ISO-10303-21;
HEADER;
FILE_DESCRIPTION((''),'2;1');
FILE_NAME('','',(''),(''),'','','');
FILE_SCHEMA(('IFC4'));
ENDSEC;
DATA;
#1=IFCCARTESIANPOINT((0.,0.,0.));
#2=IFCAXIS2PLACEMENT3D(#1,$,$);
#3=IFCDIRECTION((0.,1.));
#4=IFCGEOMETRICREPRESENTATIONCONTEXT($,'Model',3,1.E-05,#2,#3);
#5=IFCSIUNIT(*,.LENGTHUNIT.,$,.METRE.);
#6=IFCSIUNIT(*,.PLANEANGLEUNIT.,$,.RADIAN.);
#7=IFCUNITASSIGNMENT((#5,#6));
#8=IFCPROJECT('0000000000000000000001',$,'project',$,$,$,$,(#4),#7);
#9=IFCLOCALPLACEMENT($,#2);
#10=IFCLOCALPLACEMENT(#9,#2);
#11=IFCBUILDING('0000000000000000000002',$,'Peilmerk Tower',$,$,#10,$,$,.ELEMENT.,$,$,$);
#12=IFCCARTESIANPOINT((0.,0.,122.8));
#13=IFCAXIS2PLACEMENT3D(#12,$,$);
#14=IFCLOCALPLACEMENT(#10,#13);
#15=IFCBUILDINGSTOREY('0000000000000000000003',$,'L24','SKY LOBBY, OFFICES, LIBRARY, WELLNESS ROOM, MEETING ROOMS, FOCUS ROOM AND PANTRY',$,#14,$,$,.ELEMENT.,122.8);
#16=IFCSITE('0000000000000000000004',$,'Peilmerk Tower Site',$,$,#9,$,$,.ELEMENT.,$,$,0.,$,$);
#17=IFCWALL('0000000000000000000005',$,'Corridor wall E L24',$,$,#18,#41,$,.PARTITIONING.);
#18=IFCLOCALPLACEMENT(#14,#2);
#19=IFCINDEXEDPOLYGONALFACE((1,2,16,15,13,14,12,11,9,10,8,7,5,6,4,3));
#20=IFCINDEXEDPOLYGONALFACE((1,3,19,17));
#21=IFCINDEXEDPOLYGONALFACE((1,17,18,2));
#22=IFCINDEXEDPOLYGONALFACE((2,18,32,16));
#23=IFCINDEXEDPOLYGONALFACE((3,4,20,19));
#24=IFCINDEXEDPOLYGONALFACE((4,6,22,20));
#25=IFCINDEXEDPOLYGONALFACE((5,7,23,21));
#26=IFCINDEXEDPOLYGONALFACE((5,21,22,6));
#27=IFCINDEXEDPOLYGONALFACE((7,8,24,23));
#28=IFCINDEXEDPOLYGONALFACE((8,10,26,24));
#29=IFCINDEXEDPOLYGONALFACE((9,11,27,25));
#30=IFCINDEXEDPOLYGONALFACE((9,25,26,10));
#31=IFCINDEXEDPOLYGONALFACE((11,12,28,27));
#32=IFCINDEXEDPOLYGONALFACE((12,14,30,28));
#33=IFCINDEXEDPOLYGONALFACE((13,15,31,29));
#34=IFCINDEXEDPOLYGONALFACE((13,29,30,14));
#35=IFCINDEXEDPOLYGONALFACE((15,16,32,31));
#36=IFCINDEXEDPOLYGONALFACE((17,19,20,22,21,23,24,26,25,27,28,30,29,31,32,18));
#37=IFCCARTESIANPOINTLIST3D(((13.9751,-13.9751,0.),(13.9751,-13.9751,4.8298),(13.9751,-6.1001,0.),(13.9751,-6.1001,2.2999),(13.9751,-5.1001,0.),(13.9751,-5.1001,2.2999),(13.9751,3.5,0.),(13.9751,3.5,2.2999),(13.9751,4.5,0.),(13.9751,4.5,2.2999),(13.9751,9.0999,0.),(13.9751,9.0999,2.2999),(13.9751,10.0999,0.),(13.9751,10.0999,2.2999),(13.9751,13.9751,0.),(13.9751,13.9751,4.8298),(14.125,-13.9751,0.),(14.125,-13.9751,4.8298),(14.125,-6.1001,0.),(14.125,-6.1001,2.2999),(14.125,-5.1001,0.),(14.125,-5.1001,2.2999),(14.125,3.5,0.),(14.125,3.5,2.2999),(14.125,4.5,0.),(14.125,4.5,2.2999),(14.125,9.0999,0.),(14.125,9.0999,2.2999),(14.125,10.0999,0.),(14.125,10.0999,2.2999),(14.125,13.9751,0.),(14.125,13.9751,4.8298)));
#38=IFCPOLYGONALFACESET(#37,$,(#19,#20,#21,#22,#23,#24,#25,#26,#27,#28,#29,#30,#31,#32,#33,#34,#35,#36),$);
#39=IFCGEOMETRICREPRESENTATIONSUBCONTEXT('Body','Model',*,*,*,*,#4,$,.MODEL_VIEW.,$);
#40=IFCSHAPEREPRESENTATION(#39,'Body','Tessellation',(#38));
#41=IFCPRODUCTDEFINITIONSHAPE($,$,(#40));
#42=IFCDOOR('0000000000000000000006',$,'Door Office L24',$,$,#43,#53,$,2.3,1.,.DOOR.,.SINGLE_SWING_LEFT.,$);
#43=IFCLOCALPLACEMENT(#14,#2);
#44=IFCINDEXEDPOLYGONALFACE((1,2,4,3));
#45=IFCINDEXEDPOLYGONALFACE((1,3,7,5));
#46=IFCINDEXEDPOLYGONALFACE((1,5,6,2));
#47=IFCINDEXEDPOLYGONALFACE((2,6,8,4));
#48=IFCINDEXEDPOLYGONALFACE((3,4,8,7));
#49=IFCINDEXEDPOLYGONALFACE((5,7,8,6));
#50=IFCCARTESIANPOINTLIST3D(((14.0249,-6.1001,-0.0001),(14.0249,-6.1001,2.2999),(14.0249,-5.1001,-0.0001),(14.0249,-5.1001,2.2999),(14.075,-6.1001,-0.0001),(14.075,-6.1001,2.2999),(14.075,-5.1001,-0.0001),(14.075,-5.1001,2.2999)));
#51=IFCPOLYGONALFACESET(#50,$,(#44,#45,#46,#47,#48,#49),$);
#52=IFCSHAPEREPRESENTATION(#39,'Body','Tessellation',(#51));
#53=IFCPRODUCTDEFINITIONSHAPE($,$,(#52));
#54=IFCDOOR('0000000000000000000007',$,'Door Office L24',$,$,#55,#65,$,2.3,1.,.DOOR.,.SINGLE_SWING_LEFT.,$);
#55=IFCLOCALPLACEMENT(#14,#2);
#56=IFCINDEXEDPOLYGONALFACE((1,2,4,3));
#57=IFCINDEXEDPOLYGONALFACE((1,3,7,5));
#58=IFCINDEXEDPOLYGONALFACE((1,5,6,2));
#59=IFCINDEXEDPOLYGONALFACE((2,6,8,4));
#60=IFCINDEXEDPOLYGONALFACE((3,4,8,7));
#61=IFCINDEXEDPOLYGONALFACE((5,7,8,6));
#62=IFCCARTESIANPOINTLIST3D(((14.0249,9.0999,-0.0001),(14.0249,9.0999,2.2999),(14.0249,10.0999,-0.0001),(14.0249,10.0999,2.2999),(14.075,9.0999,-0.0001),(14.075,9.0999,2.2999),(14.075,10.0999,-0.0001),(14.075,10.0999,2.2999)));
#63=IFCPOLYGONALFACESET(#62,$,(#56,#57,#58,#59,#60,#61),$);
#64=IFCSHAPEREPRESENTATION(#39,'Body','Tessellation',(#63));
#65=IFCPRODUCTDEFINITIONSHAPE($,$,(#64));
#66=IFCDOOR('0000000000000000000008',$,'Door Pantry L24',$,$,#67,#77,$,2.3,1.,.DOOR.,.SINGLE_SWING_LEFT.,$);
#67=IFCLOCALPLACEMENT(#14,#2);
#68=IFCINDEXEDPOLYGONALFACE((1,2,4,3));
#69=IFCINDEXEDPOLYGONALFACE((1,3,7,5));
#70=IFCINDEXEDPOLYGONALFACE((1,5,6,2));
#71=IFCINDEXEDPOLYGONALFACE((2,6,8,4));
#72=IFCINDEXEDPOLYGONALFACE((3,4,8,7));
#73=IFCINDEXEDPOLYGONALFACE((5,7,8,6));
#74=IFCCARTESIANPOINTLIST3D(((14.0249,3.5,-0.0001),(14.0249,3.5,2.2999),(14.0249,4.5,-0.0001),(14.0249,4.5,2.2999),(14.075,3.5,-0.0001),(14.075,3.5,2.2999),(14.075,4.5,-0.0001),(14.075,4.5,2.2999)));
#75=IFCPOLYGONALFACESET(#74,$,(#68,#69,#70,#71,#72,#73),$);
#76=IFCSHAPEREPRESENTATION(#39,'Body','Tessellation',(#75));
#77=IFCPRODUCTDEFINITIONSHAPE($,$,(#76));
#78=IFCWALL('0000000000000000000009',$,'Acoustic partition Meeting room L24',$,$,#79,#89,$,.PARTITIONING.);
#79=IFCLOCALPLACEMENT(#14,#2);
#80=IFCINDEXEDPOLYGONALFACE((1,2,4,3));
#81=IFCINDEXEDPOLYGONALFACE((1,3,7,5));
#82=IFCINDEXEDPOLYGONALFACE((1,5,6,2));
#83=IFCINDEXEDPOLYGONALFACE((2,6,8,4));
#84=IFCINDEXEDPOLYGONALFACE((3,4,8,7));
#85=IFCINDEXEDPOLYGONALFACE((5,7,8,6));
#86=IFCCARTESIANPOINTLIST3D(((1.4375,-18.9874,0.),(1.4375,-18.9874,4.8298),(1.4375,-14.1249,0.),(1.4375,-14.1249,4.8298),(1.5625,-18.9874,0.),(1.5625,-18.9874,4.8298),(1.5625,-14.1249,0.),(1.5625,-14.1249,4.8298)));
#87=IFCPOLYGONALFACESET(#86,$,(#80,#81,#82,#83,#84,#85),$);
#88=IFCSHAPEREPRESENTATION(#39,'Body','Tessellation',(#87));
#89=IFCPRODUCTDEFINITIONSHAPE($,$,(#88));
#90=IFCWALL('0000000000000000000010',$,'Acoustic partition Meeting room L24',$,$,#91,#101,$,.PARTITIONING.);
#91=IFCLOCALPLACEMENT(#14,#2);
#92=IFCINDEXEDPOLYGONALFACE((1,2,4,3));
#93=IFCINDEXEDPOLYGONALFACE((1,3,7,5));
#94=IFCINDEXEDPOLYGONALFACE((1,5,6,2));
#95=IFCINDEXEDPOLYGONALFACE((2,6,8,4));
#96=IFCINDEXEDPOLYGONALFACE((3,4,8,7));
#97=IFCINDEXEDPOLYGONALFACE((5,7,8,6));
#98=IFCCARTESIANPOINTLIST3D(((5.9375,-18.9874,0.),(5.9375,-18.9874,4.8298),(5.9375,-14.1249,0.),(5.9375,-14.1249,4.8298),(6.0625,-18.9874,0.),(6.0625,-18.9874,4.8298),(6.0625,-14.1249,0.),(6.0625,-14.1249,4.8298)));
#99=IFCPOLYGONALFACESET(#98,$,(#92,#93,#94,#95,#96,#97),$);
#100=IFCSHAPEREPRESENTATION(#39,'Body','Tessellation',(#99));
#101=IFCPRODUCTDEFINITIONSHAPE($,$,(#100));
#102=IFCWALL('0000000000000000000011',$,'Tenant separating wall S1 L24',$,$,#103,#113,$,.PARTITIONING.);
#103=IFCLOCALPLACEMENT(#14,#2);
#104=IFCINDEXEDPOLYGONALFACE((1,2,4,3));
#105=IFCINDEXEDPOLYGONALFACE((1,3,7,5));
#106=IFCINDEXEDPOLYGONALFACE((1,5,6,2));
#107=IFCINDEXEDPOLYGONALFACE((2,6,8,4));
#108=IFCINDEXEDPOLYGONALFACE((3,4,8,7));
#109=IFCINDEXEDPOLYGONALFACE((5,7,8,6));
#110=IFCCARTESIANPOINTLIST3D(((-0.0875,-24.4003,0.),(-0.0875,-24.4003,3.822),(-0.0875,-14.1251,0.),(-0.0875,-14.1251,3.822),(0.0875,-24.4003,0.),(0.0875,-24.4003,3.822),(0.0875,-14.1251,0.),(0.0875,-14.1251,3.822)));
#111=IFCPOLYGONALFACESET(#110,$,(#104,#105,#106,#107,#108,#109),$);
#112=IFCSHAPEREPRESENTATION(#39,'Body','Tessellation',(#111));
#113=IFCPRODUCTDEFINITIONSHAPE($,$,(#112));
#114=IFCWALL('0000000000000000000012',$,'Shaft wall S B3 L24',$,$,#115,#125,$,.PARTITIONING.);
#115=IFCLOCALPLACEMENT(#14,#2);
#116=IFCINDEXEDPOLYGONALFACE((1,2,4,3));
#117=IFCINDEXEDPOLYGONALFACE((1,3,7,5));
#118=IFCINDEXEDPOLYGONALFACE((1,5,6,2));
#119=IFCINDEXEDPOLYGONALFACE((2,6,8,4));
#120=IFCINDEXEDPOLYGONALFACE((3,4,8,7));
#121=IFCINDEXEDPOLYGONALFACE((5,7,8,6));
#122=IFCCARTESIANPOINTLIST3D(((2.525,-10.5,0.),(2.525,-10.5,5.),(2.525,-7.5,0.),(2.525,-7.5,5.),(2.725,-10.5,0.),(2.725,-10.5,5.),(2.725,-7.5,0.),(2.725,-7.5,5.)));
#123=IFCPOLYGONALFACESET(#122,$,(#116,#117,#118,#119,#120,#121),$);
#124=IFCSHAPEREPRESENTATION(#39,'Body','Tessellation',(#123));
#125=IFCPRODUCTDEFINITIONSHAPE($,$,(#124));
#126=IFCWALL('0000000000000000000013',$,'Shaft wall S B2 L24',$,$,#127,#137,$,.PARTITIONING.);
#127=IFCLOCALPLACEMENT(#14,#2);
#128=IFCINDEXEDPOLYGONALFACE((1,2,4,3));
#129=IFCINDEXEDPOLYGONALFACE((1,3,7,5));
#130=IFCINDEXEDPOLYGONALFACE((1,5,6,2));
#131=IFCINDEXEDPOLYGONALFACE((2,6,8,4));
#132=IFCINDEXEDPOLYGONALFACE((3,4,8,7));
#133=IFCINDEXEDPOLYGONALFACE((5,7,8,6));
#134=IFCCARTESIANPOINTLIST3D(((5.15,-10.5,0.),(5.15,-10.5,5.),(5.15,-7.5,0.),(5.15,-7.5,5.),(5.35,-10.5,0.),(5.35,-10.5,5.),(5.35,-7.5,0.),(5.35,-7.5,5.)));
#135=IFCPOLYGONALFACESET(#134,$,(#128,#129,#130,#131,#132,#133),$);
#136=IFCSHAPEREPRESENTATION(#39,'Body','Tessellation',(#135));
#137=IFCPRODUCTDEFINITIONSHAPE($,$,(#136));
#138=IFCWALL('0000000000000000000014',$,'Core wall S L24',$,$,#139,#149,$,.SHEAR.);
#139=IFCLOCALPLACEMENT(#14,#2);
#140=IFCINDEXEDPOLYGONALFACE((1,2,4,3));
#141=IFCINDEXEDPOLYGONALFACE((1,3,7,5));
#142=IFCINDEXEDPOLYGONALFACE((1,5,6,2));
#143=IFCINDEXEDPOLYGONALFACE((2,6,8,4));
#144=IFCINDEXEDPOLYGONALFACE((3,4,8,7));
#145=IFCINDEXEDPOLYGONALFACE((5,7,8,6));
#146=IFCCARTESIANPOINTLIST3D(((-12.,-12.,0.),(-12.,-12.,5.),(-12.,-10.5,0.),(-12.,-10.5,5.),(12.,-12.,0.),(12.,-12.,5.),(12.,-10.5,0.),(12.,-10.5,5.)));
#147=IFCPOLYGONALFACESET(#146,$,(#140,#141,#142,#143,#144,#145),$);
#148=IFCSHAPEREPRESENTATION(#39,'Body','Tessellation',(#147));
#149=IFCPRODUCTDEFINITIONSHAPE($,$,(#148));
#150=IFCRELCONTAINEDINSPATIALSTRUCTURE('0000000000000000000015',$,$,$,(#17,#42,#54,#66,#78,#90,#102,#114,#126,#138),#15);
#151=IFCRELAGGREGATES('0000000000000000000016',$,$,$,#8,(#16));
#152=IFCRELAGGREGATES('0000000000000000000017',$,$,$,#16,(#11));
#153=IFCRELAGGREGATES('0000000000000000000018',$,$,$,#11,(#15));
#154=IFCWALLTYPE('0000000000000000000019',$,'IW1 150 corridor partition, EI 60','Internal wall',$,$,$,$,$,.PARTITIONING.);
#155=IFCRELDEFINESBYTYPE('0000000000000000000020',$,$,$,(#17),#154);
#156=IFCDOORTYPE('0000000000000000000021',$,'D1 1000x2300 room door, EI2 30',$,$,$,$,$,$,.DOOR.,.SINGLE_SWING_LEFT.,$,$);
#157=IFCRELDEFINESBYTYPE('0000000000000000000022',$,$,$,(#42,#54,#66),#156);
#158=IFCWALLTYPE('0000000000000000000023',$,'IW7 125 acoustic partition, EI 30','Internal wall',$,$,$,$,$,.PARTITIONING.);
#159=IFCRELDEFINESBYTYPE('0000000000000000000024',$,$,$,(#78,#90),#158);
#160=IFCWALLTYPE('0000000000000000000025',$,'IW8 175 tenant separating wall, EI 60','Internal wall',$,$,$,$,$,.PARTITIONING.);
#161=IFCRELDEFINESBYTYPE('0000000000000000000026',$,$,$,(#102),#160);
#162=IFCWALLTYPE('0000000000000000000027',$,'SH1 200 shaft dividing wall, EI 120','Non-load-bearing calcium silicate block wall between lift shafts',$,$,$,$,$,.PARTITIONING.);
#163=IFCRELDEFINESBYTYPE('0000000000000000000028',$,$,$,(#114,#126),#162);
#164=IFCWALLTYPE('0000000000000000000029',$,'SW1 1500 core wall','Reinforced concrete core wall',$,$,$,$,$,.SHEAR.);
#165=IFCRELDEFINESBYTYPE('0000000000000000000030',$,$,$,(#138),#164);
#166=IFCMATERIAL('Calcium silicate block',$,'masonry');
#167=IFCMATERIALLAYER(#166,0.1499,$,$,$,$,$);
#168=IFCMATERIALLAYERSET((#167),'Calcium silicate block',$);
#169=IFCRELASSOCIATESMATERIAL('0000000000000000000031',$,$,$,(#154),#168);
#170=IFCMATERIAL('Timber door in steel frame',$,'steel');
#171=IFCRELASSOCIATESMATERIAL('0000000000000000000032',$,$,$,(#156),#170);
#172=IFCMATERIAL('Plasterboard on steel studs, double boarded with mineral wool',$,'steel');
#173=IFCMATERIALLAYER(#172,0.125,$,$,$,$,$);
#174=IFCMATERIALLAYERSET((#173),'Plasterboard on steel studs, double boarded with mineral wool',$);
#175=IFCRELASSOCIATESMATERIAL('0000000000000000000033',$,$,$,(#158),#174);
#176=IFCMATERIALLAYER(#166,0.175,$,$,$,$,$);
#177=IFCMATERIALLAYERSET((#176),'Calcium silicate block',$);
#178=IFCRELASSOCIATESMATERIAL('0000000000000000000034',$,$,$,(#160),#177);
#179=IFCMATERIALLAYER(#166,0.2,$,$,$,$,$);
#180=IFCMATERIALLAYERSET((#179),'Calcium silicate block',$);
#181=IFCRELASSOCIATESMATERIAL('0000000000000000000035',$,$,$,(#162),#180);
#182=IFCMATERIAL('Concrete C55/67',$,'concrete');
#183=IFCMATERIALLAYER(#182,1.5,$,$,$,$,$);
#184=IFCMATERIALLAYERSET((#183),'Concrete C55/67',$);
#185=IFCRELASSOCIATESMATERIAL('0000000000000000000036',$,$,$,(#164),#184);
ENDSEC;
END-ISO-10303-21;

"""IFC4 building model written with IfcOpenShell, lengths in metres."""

from ifc_helpers import new_model, si_unit, direction, frame, frame_2d, origin, place, context, subcontext, project, spatial, rectangle, extrude, material, layer, layer_set, type_object, element, fill, save


model = new_model("IFC4")

# Units and contexts
model_context = context("Model", 3, precision=1e-05, world=origin(), true_north=direction((0.0, 1.0)))
body_context = subcontext(model_context, "Body", "Model", "MODEL_VIEW")
ifc_project = project(units=[si_unit("LENGTHUNIT", "METRE"), si_unit("PLANEANGLEUNIT", "RADIAN")], contexts=[model_context])

# Site, building, storey
site_placement = place(None, origin())
site = spatial("IfcSite", under=ifc_project, at=site_placement, Name="Peilmerk Tower Site", CompositionType="ELEMENT", RefElevation=0.0)
building_placement = place(site_placement, origin())
building = spatial("IfcBuilding", under=site, at=building_placement, Name="Peilmerk Tower", CompositionType="ELEMENT")
storey_placement = place(building_placement, frame((0.0, 0.0, 122.8)))
storey = spatial("IfcBuildingStorey", under=building, at=storey_placement, Name="L24", Description="SKY LOBBY, OFFICES, LIBRARY, WELLNESS ROOM, MEETING ROOMS, FOCUS ROOM AND PANTRY", CompositionType="ELEMENT", Elevation=122.8)

# Wall, openings, doors
ifc_material_1 = material(Name="Calcium silicate block", Category="masonry")
ifc_layer_1 = layer(ifc_material_1, 0.1499)
ifc_layer_set_1 = layer_set([ifc_layer_1], Name="Calcium silicate block")
wall_type_1 = type_object("IfcWallType", Name="IW1 150 corridor partition, EI 60", Description="Internal wall", PredefinedType="PARTITIONING", material=ifc_layer_set_1)
ifc_material_2 = material(Name="Timber door in steel frame", Category="steel")
door_type_1 = type_object("IfcDoorType", Name="D1 1000x2300 room door, EI2 30", OperationType="SINGLE_SWING_LEFT", PredefinedType="DOOR", material=ifc_material_2)
wall_1_placement = place(storey_placement, frame((14.05, -13.9751, 0.0), z_axis=(0.0, 0.0, 1.0), x_axis=(0.0, 1.0, 0.0)))
wall_1 = element("IfcWall", 1, at=wall_1_placement, inside=storey, type_object=wall_type_1, Name="Corridor wall E L24", PredefinedType="PARTITIONING", context=body_context, shape_type="SweptSolid", body=[
    extrude(rectangle(XDim=27.9502, YDim=0.1499, at=frame_2d((13.9751, 0.0))), origin(), (0.0, 0.0, 1.0), 4.8298),
])
opening_1_placement = place(wall_1_placement, frame((7.875, 0.0, 0.0)))
opening_1 = element("IfcOpeningElement", 2, at=opening_1_placement, cuts=wall_1, PredefinedType="OPENING", context=body_context, shape_type="SweptSolid", body=[
    extrude(rectangle(XDim=1.0, YDim=2.3, at=frame_2d((0.5, 1.1499))), frame((0.0, 0.085, 0.0), z_axis=(0.0, -1.0, 0.0), x_axis=(1.0, 0.0, 0.0)), (0.0, 0.0, 1.0), 0.1699),
])
opening_2_placement = place(wall_1_placement, frame((23.075, 0.0, 0.0)))
opening_2 = element("IfcOpeningElement", 3, at=opening_2_placement, cuts=wall_1, PredefinedType="OPENING", context=body_context, shape_type="SweptSolid", body=[
    extrude(rectangle(XDim=1.0, YDim=2.3, at=frame_2d((0.5, 1.1499))), frame((0.0, 0.085, 0.0), z_axis=(0.0, -1.0, 0.0), x_axis=(1.0, 0.0, 0.0)), (0.0, 0.0, 1.0), 0.1699),
])
opening_3_placement = place(wall_1_placement, frame((17.4751, 0.0, 0.0)))
opening_3 = element("IfcOpeningElement", 4, at=opening_3_placement, cuts=wall_1, PredefinedType="OPENING", context=body_context, shape_type="SweptSolid", body=[
    extrude(rectangle(XDim=1.0, YDim=2.3, at=frame_2d((0.5, 1.1499))), frame((0.0, 0.085, 0.0), z_axis=(0.0, -1.0, 0.0), x_axis=(1.0, 0.0, 0.0)), (0.0, 0.0, 1.0), 0.1699),
])
door_1_placement = place(opening_1_placement, frame((1.0, 0.0, 0.0), z_axis=(0.0, 0.0, 1.0), x_axis=(-1.0, 0.0, 0.0)))
door_1 = element("IfcDoor", 5, at=door_1_placement, inside=storey, type_object=door_type_1, Name="Door Office L24", OperationType="SINGLE_SWING_LEFT", OverallHeight=2.3, OverallWidth=1.0, PredefinedType="DOOR", context=body_context, shape_type="SweptSolid", body=[
    extrude(rectangle(XDim=1.0, YDim=2.3, at=frame_2d((0.5, 1.1499))), frame((0.0, 0.0249, 0.0), z_axis=(0.0, -1.0, 0.0), x_axis=(1.0, 0.0, 0.0)), (0.0, 0.0, 1.0), 0.05),
])
fill(opening_1, door_1)
door_2_placement = place(opening_2_placement, frame((1.0, 0.0, 0.0), z_axis=(0.0, 0.0, 1.0), x_axis=(-1.0, 0.0, 0.0)))
door_2 = element("IfcDoor", 6, at=door_2_placement, inside=storey, type_object=door_type_1, Name="Door Office L24", OperationType="SINGLE_SWING_LEFT", OverallHeight=2.3, OverallWidth=1.0, PredefinedType="DOOR", context=body_context, shape_type="SweptSolid", body=[
    extrude(rectangle(XDim=1.0, YDim=2.3, at=frame_2d((0.5, 1.1499))), frame((0.0, 0.0249, 0.0), z_axis=(0.0, -1.0, 0.0), x_axis=(1.0, 0.0, 0.0)), (0.0, 0.0, 1.0), 0.05),
])
fill(opening_2, door_2)
door_3_placement = place(opening_3_placement, frame((1.0, 0.0, 0.0), z_axis=(0.0, 0.0, 1.0), x_axis=(-1.0, 0.0, 0.0)))
door_3 = element("IfcDoor", 7, at=door_3_placement, inside=storey, type_object=door_type_1, Name="Door Pantry L24", OperationType="SINGLE_SWING_LEFT", OverallHeight=2.3, OverallWidth=1.0, PredefinedType="DOOR", context=body_context, shape_type="SweptSolid", body=[
    extrude(rectangle(XDim=1.0, YDim=2.3, at=frame_2d((0.5, 1.1499))), frame((0.0, 0.0249, 0.0), z_axis=(0.0, -1.0, 0.0), x_axis=(1.0, 0.0, 0.0)), (0.0, 0.0, 1.0), 0.05),
])
fill(opening_3, door_3)

# Walls
ifc_material_3 = material(Name="Plasterboard on steel studs, double boarded with mineral wool", Category="steel")
ifc_layer_2 = layer(ifc_material_3, 0.125)
ifc_layer_set_2 = layer_set([ifc_layer_2], Name="Plasterboard on steel studs, double boarded with mineral wool")
wall_type_2 = type_object("IfcWallType", Name="IW7 125 acoustic partition, EI 30", Description="Internal wall", PredefinedType="PARTITIONING", material=ifc_layer_set_2)
for number, where, z_axis, x_axis, name in (
    (8, (1.5, -14.125, 0.0), (0.0, 0.0, 1.0), (0.0, -1.0, 0.0), "Acoustic partition Meeting room L24"),
    (9, (6.0, -14.125, 0.0), (0.0, 0.0, 1.0), (0.0, -1.0, 0.0), "Acoustic partition Meeting room L24"),
):
    element("IfcWall", number, at=place(storey_placement, frame(where, z_axis=z_axis, x_axis=x_axis)), inside=storey, type_object=wall_type_2, Name=name, PredefinedType="PARTITIONING", context=body_context, shape_type="SweptSolid", body=[
        extrude(rectangle(XDim=4.8625, YDim=0.125, at=frame_2d((2.4312, 0.0))), origin(), (0.0, 0.0, 1.0), 4.8298),
    ])
ifc_layer_3 = layer(ifc_material_1, 0.175)
ifc_layer_set_3 = layer_set([ifc_layer_3], Name="Calcium silicate block")
wall_type_3 = type_object("IfcWallType", Name="IW8 175 tenant separating wall, EI 60", Description="Internal wall", PredefinedType="PARTITIONING", material=ifc_layer_set_3)
wall_2_placement = place(storey_placement, frame((0.0, -14.125, 0.0), z_axis=(0.0, 0.0, 1.0), x_axis=(0.0, -1.0, 0.0)))
element("IfcWall", 10, at=wall_2_placement, inside=storey, type_object=wall_type_3, Name="Tenant separating wall S1 L24", PredefinedType="PARTITIONING", context=body_context, shape_type="SweptSolid", body=[
    extrude(rectangle(XDim=10.2751, YDim=0.175, at=frame_2d((5.1377, 0.0))), origin(), (0.0, 0.0, 1.0), 3.822),
])
ifc_layer_4 = layer(ifc_material_1, 0.2)
ifc_layer_set_4 = layer_set([ifc_layer_4], Name="Calcium silicate block")
wall_type_4 = type_object("IfcWallType", Name="SH1 200 shaft dividing wall, EI 120", Description="Non-load-bearing calcium silicate block wall between lift shafts", PredefinedType="PARTITIONING", material=ifc_layer_set_4)
for number, where, z_axis, x_axis, name in (
    (11, (2.625, -10.5, 0.0), (0.0, 0.0, 1.0), (0.0, 1.0, 0.0), "Shaft wall S B3 L24"),
    (12, (5.25, -10.5, 0.0), (0.0, 0.0, 1.0), (0.0, 1.0, 0.0), "Shaft wall S B2 L24"),
):
    element("IfcWall", number, at=place(storey_placement, frame(where, z_axis=z_axis, x_axis=x_axis)), inside=storey, type_object=wall_type_4, Name=name, PredefinedType="PARTITIONING", context=body_context, shape_type="SweptSolid", body=[
        extrude(rectangle(XDim=3.0, YDim=0.2, at=frame_2d((1.5, 0.0))), origin(), (0.0, 0.0, 1.0), 5.0),
    ])
ifc_material_4 = material(Name="Concrete C55/67", Category="concrete")
ifc_layer_5 = layer(ifc_material_4, 1.5)
ifc_layer_set_5 = layer_set([ifc_layer_5], Name="Concrete C55/67")
wall_type_5 = type_object("IfcWallType", Name="SW1 1500 core wall", Description="Reinforced concrete core wall", PredefinedType="SHEAR", material=ifc_layer_set_5)
wall_3_placement = place(storey_placement, frame((12.0, -11.25, 0.0), z_axis=(0.0, 0.0, 1.0), x_axis=(-1.0, 0.0, 0.0)))
element("IfcWall", 13, at=wall_3_placement, inside=storey, type_object=wall_type_5, Name="Core wall S L24", PredefinedType="SHEAR", context=body_context, shape_type="SweptSolid", body=[
    extrude(rectangle(XDim=24.0, YDim=1.5, at=frame_2d((12.0, 0.0))), origin(), (0.0, 0.0, 1.0), 5.0),
])

save(model, "model.ifc")
